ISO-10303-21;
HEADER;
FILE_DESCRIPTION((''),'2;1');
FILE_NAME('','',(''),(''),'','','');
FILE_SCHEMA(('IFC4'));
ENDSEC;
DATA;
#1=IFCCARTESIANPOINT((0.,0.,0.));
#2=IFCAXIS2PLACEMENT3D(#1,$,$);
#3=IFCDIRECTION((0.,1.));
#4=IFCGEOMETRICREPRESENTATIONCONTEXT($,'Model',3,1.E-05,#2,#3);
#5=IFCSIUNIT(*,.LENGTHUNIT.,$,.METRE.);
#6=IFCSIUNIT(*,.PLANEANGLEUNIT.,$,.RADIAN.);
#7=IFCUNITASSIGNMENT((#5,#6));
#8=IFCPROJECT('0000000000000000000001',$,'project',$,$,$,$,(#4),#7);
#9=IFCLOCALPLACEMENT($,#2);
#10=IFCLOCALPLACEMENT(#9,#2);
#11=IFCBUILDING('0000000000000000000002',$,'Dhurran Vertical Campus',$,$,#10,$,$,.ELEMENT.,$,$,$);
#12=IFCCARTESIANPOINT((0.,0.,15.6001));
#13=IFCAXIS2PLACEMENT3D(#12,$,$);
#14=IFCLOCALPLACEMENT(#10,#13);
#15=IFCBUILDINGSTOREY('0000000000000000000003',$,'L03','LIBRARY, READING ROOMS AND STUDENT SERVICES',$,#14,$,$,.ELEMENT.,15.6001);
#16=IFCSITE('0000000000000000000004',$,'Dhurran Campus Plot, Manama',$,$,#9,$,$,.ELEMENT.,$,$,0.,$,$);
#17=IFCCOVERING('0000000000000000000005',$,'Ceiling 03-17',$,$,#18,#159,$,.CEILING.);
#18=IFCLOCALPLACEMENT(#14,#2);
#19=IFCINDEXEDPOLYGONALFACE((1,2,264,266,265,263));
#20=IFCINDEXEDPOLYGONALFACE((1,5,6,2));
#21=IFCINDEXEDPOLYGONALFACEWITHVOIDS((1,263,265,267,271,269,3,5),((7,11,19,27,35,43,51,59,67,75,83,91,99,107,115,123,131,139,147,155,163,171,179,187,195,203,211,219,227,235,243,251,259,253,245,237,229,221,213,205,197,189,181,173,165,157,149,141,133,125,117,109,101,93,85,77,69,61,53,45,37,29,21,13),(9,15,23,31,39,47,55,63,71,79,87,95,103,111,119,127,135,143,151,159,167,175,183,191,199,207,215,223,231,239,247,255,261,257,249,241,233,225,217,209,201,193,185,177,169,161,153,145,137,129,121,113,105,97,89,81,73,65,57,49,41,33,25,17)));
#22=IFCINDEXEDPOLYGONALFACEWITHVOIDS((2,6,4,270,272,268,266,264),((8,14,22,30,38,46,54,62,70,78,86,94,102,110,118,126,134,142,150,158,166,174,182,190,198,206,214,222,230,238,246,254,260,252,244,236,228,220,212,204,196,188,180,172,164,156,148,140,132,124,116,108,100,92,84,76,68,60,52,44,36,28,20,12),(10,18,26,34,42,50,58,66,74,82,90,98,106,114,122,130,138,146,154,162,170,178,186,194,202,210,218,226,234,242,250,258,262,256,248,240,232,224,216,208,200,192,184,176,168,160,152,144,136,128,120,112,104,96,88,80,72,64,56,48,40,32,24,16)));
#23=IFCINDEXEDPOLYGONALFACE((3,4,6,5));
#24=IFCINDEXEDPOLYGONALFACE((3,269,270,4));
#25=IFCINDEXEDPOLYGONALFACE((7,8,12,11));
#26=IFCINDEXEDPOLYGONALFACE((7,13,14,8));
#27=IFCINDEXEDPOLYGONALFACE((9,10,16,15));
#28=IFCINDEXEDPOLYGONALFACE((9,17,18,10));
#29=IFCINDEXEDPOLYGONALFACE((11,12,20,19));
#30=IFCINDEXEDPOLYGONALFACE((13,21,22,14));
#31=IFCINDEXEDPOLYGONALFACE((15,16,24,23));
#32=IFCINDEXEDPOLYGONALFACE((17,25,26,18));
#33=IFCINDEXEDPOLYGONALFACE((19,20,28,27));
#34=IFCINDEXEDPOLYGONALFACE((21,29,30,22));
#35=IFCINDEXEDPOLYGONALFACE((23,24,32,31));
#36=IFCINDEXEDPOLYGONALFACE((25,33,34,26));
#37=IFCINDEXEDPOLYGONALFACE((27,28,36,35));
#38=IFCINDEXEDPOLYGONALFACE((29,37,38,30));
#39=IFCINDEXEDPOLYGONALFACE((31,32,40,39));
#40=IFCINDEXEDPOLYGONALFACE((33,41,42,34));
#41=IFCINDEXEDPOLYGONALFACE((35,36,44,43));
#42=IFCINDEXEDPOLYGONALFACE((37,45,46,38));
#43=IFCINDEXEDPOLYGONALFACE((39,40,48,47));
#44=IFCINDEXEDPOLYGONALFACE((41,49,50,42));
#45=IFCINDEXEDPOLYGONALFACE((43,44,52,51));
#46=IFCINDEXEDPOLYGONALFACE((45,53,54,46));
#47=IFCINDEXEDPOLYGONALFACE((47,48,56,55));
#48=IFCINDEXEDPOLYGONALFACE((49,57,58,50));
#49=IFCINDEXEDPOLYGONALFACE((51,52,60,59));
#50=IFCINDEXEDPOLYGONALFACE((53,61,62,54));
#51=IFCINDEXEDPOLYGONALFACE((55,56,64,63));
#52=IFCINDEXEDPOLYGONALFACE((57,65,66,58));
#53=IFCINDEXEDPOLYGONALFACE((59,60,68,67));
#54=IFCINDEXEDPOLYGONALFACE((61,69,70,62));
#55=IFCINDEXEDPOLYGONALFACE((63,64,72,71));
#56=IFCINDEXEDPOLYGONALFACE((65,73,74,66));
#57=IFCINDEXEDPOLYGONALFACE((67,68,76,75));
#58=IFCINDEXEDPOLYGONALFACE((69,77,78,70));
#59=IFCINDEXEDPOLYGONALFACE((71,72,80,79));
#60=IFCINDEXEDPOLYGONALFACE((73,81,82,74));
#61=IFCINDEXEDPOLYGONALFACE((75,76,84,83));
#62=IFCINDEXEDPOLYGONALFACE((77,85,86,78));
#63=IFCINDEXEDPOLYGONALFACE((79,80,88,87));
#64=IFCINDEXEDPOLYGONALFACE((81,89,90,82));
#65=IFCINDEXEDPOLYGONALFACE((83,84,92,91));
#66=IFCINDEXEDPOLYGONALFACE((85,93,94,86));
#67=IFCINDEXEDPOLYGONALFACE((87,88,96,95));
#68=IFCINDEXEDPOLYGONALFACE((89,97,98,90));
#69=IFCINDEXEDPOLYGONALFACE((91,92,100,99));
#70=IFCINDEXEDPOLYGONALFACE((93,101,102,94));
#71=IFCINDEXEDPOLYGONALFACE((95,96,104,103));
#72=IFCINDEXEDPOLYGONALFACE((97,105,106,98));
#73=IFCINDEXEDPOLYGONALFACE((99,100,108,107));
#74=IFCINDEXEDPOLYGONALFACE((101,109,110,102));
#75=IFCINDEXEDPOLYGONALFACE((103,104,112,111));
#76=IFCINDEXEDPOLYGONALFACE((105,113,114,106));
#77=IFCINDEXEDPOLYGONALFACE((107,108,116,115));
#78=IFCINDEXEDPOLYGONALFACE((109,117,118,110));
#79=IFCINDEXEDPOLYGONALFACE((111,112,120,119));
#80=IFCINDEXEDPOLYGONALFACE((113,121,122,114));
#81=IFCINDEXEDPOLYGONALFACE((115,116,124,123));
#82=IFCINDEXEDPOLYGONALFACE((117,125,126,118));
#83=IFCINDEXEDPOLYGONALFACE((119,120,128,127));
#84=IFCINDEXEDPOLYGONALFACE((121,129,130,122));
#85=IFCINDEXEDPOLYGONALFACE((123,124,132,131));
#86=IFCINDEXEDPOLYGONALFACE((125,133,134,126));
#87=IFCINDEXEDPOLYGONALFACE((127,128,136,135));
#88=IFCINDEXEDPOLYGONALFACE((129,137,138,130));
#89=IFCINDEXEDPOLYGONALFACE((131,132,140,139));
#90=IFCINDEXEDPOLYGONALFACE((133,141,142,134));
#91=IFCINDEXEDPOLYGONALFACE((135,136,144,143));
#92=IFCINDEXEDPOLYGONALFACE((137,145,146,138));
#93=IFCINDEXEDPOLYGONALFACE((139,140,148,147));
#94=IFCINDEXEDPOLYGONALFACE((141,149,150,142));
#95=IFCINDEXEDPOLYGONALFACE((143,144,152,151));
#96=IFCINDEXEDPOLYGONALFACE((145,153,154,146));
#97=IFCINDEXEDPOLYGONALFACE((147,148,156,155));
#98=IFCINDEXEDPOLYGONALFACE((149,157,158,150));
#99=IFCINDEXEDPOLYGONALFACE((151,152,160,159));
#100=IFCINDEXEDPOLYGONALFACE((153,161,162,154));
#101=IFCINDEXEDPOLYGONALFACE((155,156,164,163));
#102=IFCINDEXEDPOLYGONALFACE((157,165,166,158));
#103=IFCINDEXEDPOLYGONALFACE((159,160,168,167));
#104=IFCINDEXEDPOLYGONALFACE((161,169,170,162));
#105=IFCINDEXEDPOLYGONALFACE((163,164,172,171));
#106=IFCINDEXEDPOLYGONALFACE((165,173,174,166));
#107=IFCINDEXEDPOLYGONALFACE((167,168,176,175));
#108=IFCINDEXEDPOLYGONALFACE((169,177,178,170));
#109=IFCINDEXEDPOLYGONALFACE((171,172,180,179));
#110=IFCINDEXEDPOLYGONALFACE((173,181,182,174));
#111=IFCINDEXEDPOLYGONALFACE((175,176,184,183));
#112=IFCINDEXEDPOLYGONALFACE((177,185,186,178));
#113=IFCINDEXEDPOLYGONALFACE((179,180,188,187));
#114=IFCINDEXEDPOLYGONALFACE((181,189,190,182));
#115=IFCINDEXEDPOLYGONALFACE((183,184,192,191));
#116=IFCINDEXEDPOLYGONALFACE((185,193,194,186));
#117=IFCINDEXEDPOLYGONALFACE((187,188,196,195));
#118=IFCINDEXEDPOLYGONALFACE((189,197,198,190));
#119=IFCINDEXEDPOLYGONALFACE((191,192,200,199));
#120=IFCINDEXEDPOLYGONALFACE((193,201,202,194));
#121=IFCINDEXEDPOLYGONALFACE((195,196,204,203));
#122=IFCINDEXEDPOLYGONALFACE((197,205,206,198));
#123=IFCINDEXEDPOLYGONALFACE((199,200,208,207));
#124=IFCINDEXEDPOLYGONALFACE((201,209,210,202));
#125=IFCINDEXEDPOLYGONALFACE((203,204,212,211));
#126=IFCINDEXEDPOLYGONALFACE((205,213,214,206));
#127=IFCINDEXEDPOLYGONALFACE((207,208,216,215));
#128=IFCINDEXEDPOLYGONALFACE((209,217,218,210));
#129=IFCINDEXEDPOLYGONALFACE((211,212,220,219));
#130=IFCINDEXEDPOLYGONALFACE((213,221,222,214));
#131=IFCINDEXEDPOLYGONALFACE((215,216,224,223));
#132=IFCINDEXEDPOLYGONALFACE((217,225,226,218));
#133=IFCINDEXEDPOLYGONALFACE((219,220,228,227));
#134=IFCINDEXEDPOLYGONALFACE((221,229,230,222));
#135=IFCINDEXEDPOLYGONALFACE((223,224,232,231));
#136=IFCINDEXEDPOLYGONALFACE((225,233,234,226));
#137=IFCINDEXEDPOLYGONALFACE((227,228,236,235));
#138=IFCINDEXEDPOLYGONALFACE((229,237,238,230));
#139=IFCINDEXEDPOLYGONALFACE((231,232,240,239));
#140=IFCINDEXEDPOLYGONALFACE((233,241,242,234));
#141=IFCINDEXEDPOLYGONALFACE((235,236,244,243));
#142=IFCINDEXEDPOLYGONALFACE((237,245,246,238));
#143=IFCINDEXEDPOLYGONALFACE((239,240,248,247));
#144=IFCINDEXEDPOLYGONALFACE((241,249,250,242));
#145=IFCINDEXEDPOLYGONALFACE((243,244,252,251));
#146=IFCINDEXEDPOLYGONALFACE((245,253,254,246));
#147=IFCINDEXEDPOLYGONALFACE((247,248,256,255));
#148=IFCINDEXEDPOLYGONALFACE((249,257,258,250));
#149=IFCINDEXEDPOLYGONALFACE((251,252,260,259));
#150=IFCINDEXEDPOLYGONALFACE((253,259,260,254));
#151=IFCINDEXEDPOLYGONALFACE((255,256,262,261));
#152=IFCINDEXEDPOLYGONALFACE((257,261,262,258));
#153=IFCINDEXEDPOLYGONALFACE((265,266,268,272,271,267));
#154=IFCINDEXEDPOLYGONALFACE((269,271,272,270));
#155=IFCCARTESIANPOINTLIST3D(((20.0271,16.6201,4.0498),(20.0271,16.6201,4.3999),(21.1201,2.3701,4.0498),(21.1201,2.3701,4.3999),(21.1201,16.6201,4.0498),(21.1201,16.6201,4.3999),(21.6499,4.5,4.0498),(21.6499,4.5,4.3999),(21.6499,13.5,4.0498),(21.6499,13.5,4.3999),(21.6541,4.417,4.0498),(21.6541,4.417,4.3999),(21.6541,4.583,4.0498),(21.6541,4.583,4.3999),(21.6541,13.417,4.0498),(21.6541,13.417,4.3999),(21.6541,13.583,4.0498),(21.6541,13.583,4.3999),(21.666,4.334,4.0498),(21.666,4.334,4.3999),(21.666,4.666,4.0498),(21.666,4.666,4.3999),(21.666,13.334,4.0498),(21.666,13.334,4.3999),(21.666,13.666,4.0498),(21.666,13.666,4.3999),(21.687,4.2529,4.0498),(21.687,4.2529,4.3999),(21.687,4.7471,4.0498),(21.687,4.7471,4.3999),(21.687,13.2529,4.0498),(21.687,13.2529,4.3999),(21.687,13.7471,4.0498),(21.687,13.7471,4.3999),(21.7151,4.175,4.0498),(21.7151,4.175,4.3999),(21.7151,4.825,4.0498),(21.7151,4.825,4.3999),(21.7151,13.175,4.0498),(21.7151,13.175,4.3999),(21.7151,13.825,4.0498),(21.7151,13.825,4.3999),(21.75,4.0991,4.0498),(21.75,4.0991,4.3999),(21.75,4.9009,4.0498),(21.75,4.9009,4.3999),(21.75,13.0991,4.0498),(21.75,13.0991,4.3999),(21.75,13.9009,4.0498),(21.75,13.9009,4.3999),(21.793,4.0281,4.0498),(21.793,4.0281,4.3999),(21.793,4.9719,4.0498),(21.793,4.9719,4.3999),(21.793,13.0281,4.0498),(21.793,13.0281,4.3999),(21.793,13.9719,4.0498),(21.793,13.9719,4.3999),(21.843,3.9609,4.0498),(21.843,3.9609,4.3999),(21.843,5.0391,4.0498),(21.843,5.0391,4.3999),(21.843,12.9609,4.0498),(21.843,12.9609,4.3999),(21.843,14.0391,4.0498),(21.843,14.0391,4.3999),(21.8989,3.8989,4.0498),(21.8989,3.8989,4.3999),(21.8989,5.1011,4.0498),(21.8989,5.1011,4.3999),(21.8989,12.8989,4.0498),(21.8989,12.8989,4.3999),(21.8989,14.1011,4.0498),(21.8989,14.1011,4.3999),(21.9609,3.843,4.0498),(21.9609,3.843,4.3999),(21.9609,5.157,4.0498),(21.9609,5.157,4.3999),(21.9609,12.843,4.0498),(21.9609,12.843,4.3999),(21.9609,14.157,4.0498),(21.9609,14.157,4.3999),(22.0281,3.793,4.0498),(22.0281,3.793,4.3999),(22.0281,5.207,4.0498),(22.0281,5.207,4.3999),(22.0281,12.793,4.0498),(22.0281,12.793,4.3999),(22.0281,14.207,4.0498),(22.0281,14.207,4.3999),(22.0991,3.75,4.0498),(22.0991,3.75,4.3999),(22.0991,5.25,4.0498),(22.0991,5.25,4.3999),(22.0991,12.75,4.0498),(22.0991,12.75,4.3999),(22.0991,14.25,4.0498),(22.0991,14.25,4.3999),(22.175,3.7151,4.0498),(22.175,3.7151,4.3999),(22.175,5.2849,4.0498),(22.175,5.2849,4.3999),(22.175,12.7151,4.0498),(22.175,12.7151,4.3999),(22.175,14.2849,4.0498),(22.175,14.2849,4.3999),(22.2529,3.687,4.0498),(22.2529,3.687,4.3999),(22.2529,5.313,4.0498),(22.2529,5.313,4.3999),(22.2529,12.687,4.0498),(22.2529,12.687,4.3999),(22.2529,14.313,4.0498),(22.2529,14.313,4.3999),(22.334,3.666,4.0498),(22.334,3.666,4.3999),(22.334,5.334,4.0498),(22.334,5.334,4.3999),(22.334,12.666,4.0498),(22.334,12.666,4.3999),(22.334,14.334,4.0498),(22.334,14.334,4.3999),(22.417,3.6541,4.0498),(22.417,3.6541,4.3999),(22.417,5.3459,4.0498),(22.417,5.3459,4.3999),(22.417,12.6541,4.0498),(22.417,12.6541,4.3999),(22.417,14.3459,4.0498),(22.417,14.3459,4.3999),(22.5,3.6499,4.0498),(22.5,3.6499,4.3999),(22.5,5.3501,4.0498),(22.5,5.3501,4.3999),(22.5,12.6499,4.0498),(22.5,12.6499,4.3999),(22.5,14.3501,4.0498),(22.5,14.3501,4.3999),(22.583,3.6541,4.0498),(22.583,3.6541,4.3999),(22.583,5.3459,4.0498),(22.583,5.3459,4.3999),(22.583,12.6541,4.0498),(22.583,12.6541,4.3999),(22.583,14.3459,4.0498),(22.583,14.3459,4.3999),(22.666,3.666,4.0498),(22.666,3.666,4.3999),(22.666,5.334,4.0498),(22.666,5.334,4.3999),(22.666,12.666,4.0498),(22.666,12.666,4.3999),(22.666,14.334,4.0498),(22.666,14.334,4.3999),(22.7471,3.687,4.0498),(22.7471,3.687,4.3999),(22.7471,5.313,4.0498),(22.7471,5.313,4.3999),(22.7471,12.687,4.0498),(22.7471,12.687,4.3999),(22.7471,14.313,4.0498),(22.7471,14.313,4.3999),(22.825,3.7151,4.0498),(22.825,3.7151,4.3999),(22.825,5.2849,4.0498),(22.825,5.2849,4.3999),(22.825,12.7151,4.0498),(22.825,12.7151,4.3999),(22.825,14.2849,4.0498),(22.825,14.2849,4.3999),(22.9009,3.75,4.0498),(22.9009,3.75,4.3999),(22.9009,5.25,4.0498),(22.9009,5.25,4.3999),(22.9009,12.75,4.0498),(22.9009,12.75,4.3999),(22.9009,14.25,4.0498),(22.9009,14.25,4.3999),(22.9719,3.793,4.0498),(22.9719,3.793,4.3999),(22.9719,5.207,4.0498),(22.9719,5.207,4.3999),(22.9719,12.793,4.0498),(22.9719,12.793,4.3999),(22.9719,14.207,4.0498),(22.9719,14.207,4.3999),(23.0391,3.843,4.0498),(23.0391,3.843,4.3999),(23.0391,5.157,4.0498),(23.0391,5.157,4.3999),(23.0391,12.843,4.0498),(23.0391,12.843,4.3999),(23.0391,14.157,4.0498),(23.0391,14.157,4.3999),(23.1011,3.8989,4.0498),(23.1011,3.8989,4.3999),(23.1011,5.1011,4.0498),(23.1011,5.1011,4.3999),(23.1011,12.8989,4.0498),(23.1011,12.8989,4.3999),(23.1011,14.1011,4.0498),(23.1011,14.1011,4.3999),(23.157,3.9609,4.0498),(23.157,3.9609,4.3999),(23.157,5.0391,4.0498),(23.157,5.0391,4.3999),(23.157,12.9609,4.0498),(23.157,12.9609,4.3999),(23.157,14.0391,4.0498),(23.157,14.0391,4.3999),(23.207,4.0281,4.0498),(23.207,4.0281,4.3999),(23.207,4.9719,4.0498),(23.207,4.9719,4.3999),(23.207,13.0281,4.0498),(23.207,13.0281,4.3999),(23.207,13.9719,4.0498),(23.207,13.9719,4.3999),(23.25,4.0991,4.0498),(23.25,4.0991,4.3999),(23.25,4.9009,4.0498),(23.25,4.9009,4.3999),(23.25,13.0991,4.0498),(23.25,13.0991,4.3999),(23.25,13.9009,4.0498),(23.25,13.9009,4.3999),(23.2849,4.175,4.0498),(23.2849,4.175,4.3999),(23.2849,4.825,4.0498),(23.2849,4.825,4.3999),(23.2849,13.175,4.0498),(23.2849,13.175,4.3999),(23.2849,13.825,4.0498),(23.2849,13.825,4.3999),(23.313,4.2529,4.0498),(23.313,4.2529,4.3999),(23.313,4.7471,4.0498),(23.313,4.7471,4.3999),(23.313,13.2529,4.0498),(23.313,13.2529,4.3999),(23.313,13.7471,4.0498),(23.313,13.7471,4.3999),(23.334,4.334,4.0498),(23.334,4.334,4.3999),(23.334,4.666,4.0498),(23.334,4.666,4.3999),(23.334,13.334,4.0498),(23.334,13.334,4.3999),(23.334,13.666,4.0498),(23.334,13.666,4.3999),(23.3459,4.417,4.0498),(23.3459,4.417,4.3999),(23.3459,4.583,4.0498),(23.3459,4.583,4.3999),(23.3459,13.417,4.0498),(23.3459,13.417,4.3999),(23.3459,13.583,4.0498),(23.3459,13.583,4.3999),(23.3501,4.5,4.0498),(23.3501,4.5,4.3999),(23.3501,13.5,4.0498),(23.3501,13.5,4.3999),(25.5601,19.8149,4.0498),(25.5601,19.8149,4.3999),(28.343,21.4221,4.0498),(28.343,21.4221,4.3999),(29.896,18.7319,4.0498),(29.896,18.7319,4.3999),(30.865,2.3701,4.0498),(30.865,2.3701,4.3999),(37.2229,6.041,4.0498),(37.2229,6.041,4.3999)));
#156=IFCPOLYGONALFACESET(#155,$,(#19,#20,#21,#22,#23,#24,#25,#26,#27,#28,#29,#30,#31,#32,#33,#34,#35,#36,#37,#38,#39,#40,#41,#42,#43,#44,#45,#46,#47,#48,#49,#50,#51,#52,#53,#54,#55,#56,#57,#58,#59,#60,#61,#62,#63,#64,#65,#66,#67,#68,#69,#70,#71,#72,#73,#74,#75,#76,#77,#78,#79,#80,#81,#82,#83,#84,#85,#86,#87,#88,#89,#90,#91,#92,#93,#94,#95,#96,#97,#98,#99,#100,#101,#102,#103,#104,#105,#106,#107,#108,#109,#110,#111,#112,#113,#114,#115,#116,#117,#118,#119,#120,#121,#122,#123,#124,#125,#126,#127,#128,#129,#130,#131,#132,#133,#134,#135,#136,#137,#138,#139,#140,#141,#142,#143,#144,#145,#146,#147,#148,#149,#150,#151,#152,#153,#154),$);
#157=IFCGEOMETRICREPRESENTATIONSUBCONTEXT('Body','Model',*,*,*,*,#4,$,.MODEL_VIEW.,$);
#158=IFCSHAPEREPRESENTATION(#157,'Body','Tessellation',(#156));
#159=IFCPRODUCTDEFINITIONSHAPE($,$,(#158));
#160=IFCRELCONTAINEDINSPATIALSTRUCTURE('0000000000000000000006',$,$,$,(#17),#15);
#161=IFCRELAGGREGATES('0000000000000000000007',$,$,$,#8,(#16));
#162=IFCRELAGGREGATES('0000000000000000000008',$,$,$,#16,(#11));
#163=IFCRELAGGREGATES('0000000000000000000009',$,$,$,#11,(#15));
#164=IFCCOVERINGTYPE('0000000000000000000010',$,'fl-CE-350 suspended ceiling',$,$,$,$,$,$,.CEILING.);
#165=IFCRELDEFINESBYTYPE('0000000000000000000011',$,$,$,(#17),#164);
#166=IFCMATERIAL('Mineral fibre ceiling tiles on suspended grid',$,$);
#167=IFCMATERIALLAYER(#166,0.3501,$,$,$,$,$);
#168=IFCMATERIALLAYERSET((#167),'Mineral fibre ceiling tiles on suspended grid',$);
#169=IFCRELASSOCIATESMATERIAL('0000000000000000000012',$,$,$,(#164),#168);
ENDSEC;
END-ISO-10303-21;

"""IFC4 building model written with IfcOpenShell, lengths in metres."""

from ifc_helpers import new_model, si_unit, direction, frame, origin, place, context, subcontext, project, spatial, polyline, outline, extrude, material, layer, layer_set, type_object, element, save


model = new_model("IFC4")

# Units and contexts
model_context = context("Model", 3, precision=1e-05, world=origin(), true_north=direction((0.0, 1.0)))
body_context = subcontext(model_context, "Body", "Model", "MODEL_VIEW")
ifc_project = project(units=[si_unit("LENGTHUNIT", "METRE"), si_unit("PLANEANGLEUNIT", "RADIAN")], contexts=[model_context])

# Site, building, storey
site_placement = place(None, origin())
site = spatial("IfcSite", under=ifc_project, at=site_placement, Name="Dhurran Campus Plot, Manama", CompositionType="ELEMENT", RefElevation=0.0)
building_placement = place(site_placement, origin())
building = spatial("IfcBuilding", under=site, at=building_placement, Name="Dhurran Vertical Campus", CompositionType="ELEMENT")
storey_placement = place(building_placement, frame((0.0, 0.0, 15.6001)))
storey = spatial("IfcBuildingStorey", under=building, at=storey_placement, Name="L03", Description="LIBRARY, READING ROOMS AND STUDENT SERVICES", CompositionType="ELEMENT", Elevation=15.6001)

# Covering
ifc_material_1 = material(Name="Mineral fibre ceiling tiles on suspended grid")
ifc_layer_1 = layer(ifc_material_1, 0.3501)
ifc_layer_set_1 = layer_set([ifc_layer_1], Name="Mineral fibre ceiling tiles on suspended grid")
covering_type = type_object("IfcCoveringType", Name="fl-CE-350 suspended ceiling", PredefinedType="CEILING", material=ifc_layer_set_1)
covering_1_placement = place(storey_placement, frame((0.0, 0.0, 4.0498)))
element("IfcCovering", 1, at=covering_1_placement, inside=storey, type_object=covering_type, Name="Ceiling 03-17", PredefinedType="CEILING", context=body_context, shape_type="SweptSolid", body=[
    extrude(outline(polyline([(21.1201, 2.3701), (21.1201, 16.6201), (20.0271, 16.6201), (25.5601, 19.8149), (28.343, 21.4221), (29.896, 18.7319), (37.2229, 6.041), (30.865, 2.3701), (21.1201, 2.3701)]), holes=[polyline([(23.334, 4.666), (23.313, 4.7471), (23.2849, 4.825), (23.25, 4.9009), (23.207, 4.9719), (23.157, 5.0391), (23.1011, 5.1011), (23.0391, 5.157), (22.9719, 5.207), (22.9009, 5.25), (22.825, 5.2849), (22.7471, 5.313), (22.666, 5.334), (22.583, 5.3459), (22.5, 5.3501), (22.417, 5.3459), (22.334, 5.334), (22.2529, 5.313), (22.175, 5.2849), (22.0991, 5.25), (22.0281, 5.207), (21.9609, 5.157), (21.8989, 5.1011), (21.843, 5.0391), (21.793, 4.9719), (21.75, 4.9009), (21.7151, 4.825), (21.687, 4.7471), (21.666, 4.666), (21.6541, 4.583), (21.6499, 4.5), (21.6541, 4.417), (21.666, 4.334), (21.687, 4.2529), (21.7151, 4.175), (21.75, 4.0991), (21.793, 4.0281), (21.843, 3.9609), (21.8989, 3.8989), (21.9609, 3.843), (22.0281, 3.793), (22.0991, 3.75), (22.175, 3.7151), (22.2529, 3.687), (22.334, 3.666), (22.417, 3.6541), (22.5, 3.6499), (22.583, 3.6541), (22.666, 3.666), (22.7471, 3.687), (22.825, 3.7151), (22.9009, 3.75), (22.9719, 3.793), (23.0391, 3.843), (23.1011, 3.8989), (23.157, 3.9609), (23.207, 4.0281), (23.25, 4.0991), (23.2849, 4.175), (23.313, 4.2529), (23.334, 4.334), (23.3459, 4.417), (23.3501, 4.5), (23.3459, 4.583), (23.334, 4.666)]), polyline([(23.3459, 13.583), (23.334, 13.666), (23.313, 13.7471), (23.2849, 13.825), (23.25, 13.9009), (23.207, 13.9719), (23.157, 14.0391), (23.1011, 14.1011), (23.0391, 14.157), (22.9719, 14.207), (22.9009, 14.25), (22.825, 14.2849), (22.7471, 14.313), (22.666, 14.334), (22.583, 14.3459), (22.5, 14.3501), (22.417, 14.3459), (22.334, 14.334), (22.2529, 14.313), (22.175, 14.2849), (22.0991, 14.25), (22.0281, 14.207), (21.9609, 14.157), (21.8989, 14.1011), (21.843, 14.0391), (21.793, 13.9719), (21.75, 13.9009), (21.7151, 13.825), (21.687, 13.7471), (21.666, 13.666), (21.6541, 13.583), (21.6499, 13.5), (21.6541, 13.417), (21.666, 13.334), (21.687, 13.2529), (21.7151, 13.175), (21.75, 13.0991), (21.793, 13.0281), (21.843, 12.9609), (21.8989, 12.8989), (21.9609, 12.843), (22.0281, 12.793), (22.0991, 12.75), (22.175, 12.7151), (22.2529, 12.687), (22.334, 12.666), (22.417, 12.6541), (22.5, 12.6499), (22.583, 12.6541), (22.666, 12.666), (22.7471, 12.687), (22.825, 12.7151), (22.9009, 12.75), (22.9719, 12.793), (23.0391, 12.843), (23.1011, 12.8989), (23.157, 12.9609), (23.207, 13.0281), (23.25, 13.0991), (23.2849, 13.175), (23.313, 13.2529), (23.334, 13.334), (23.3459, 13.417), (23.3501, 13.5), (23.3459, 13.583)])]), origin(), (0.0, 0.0, 1.0), 0.3501),
])

save(model, "model.ifc")
